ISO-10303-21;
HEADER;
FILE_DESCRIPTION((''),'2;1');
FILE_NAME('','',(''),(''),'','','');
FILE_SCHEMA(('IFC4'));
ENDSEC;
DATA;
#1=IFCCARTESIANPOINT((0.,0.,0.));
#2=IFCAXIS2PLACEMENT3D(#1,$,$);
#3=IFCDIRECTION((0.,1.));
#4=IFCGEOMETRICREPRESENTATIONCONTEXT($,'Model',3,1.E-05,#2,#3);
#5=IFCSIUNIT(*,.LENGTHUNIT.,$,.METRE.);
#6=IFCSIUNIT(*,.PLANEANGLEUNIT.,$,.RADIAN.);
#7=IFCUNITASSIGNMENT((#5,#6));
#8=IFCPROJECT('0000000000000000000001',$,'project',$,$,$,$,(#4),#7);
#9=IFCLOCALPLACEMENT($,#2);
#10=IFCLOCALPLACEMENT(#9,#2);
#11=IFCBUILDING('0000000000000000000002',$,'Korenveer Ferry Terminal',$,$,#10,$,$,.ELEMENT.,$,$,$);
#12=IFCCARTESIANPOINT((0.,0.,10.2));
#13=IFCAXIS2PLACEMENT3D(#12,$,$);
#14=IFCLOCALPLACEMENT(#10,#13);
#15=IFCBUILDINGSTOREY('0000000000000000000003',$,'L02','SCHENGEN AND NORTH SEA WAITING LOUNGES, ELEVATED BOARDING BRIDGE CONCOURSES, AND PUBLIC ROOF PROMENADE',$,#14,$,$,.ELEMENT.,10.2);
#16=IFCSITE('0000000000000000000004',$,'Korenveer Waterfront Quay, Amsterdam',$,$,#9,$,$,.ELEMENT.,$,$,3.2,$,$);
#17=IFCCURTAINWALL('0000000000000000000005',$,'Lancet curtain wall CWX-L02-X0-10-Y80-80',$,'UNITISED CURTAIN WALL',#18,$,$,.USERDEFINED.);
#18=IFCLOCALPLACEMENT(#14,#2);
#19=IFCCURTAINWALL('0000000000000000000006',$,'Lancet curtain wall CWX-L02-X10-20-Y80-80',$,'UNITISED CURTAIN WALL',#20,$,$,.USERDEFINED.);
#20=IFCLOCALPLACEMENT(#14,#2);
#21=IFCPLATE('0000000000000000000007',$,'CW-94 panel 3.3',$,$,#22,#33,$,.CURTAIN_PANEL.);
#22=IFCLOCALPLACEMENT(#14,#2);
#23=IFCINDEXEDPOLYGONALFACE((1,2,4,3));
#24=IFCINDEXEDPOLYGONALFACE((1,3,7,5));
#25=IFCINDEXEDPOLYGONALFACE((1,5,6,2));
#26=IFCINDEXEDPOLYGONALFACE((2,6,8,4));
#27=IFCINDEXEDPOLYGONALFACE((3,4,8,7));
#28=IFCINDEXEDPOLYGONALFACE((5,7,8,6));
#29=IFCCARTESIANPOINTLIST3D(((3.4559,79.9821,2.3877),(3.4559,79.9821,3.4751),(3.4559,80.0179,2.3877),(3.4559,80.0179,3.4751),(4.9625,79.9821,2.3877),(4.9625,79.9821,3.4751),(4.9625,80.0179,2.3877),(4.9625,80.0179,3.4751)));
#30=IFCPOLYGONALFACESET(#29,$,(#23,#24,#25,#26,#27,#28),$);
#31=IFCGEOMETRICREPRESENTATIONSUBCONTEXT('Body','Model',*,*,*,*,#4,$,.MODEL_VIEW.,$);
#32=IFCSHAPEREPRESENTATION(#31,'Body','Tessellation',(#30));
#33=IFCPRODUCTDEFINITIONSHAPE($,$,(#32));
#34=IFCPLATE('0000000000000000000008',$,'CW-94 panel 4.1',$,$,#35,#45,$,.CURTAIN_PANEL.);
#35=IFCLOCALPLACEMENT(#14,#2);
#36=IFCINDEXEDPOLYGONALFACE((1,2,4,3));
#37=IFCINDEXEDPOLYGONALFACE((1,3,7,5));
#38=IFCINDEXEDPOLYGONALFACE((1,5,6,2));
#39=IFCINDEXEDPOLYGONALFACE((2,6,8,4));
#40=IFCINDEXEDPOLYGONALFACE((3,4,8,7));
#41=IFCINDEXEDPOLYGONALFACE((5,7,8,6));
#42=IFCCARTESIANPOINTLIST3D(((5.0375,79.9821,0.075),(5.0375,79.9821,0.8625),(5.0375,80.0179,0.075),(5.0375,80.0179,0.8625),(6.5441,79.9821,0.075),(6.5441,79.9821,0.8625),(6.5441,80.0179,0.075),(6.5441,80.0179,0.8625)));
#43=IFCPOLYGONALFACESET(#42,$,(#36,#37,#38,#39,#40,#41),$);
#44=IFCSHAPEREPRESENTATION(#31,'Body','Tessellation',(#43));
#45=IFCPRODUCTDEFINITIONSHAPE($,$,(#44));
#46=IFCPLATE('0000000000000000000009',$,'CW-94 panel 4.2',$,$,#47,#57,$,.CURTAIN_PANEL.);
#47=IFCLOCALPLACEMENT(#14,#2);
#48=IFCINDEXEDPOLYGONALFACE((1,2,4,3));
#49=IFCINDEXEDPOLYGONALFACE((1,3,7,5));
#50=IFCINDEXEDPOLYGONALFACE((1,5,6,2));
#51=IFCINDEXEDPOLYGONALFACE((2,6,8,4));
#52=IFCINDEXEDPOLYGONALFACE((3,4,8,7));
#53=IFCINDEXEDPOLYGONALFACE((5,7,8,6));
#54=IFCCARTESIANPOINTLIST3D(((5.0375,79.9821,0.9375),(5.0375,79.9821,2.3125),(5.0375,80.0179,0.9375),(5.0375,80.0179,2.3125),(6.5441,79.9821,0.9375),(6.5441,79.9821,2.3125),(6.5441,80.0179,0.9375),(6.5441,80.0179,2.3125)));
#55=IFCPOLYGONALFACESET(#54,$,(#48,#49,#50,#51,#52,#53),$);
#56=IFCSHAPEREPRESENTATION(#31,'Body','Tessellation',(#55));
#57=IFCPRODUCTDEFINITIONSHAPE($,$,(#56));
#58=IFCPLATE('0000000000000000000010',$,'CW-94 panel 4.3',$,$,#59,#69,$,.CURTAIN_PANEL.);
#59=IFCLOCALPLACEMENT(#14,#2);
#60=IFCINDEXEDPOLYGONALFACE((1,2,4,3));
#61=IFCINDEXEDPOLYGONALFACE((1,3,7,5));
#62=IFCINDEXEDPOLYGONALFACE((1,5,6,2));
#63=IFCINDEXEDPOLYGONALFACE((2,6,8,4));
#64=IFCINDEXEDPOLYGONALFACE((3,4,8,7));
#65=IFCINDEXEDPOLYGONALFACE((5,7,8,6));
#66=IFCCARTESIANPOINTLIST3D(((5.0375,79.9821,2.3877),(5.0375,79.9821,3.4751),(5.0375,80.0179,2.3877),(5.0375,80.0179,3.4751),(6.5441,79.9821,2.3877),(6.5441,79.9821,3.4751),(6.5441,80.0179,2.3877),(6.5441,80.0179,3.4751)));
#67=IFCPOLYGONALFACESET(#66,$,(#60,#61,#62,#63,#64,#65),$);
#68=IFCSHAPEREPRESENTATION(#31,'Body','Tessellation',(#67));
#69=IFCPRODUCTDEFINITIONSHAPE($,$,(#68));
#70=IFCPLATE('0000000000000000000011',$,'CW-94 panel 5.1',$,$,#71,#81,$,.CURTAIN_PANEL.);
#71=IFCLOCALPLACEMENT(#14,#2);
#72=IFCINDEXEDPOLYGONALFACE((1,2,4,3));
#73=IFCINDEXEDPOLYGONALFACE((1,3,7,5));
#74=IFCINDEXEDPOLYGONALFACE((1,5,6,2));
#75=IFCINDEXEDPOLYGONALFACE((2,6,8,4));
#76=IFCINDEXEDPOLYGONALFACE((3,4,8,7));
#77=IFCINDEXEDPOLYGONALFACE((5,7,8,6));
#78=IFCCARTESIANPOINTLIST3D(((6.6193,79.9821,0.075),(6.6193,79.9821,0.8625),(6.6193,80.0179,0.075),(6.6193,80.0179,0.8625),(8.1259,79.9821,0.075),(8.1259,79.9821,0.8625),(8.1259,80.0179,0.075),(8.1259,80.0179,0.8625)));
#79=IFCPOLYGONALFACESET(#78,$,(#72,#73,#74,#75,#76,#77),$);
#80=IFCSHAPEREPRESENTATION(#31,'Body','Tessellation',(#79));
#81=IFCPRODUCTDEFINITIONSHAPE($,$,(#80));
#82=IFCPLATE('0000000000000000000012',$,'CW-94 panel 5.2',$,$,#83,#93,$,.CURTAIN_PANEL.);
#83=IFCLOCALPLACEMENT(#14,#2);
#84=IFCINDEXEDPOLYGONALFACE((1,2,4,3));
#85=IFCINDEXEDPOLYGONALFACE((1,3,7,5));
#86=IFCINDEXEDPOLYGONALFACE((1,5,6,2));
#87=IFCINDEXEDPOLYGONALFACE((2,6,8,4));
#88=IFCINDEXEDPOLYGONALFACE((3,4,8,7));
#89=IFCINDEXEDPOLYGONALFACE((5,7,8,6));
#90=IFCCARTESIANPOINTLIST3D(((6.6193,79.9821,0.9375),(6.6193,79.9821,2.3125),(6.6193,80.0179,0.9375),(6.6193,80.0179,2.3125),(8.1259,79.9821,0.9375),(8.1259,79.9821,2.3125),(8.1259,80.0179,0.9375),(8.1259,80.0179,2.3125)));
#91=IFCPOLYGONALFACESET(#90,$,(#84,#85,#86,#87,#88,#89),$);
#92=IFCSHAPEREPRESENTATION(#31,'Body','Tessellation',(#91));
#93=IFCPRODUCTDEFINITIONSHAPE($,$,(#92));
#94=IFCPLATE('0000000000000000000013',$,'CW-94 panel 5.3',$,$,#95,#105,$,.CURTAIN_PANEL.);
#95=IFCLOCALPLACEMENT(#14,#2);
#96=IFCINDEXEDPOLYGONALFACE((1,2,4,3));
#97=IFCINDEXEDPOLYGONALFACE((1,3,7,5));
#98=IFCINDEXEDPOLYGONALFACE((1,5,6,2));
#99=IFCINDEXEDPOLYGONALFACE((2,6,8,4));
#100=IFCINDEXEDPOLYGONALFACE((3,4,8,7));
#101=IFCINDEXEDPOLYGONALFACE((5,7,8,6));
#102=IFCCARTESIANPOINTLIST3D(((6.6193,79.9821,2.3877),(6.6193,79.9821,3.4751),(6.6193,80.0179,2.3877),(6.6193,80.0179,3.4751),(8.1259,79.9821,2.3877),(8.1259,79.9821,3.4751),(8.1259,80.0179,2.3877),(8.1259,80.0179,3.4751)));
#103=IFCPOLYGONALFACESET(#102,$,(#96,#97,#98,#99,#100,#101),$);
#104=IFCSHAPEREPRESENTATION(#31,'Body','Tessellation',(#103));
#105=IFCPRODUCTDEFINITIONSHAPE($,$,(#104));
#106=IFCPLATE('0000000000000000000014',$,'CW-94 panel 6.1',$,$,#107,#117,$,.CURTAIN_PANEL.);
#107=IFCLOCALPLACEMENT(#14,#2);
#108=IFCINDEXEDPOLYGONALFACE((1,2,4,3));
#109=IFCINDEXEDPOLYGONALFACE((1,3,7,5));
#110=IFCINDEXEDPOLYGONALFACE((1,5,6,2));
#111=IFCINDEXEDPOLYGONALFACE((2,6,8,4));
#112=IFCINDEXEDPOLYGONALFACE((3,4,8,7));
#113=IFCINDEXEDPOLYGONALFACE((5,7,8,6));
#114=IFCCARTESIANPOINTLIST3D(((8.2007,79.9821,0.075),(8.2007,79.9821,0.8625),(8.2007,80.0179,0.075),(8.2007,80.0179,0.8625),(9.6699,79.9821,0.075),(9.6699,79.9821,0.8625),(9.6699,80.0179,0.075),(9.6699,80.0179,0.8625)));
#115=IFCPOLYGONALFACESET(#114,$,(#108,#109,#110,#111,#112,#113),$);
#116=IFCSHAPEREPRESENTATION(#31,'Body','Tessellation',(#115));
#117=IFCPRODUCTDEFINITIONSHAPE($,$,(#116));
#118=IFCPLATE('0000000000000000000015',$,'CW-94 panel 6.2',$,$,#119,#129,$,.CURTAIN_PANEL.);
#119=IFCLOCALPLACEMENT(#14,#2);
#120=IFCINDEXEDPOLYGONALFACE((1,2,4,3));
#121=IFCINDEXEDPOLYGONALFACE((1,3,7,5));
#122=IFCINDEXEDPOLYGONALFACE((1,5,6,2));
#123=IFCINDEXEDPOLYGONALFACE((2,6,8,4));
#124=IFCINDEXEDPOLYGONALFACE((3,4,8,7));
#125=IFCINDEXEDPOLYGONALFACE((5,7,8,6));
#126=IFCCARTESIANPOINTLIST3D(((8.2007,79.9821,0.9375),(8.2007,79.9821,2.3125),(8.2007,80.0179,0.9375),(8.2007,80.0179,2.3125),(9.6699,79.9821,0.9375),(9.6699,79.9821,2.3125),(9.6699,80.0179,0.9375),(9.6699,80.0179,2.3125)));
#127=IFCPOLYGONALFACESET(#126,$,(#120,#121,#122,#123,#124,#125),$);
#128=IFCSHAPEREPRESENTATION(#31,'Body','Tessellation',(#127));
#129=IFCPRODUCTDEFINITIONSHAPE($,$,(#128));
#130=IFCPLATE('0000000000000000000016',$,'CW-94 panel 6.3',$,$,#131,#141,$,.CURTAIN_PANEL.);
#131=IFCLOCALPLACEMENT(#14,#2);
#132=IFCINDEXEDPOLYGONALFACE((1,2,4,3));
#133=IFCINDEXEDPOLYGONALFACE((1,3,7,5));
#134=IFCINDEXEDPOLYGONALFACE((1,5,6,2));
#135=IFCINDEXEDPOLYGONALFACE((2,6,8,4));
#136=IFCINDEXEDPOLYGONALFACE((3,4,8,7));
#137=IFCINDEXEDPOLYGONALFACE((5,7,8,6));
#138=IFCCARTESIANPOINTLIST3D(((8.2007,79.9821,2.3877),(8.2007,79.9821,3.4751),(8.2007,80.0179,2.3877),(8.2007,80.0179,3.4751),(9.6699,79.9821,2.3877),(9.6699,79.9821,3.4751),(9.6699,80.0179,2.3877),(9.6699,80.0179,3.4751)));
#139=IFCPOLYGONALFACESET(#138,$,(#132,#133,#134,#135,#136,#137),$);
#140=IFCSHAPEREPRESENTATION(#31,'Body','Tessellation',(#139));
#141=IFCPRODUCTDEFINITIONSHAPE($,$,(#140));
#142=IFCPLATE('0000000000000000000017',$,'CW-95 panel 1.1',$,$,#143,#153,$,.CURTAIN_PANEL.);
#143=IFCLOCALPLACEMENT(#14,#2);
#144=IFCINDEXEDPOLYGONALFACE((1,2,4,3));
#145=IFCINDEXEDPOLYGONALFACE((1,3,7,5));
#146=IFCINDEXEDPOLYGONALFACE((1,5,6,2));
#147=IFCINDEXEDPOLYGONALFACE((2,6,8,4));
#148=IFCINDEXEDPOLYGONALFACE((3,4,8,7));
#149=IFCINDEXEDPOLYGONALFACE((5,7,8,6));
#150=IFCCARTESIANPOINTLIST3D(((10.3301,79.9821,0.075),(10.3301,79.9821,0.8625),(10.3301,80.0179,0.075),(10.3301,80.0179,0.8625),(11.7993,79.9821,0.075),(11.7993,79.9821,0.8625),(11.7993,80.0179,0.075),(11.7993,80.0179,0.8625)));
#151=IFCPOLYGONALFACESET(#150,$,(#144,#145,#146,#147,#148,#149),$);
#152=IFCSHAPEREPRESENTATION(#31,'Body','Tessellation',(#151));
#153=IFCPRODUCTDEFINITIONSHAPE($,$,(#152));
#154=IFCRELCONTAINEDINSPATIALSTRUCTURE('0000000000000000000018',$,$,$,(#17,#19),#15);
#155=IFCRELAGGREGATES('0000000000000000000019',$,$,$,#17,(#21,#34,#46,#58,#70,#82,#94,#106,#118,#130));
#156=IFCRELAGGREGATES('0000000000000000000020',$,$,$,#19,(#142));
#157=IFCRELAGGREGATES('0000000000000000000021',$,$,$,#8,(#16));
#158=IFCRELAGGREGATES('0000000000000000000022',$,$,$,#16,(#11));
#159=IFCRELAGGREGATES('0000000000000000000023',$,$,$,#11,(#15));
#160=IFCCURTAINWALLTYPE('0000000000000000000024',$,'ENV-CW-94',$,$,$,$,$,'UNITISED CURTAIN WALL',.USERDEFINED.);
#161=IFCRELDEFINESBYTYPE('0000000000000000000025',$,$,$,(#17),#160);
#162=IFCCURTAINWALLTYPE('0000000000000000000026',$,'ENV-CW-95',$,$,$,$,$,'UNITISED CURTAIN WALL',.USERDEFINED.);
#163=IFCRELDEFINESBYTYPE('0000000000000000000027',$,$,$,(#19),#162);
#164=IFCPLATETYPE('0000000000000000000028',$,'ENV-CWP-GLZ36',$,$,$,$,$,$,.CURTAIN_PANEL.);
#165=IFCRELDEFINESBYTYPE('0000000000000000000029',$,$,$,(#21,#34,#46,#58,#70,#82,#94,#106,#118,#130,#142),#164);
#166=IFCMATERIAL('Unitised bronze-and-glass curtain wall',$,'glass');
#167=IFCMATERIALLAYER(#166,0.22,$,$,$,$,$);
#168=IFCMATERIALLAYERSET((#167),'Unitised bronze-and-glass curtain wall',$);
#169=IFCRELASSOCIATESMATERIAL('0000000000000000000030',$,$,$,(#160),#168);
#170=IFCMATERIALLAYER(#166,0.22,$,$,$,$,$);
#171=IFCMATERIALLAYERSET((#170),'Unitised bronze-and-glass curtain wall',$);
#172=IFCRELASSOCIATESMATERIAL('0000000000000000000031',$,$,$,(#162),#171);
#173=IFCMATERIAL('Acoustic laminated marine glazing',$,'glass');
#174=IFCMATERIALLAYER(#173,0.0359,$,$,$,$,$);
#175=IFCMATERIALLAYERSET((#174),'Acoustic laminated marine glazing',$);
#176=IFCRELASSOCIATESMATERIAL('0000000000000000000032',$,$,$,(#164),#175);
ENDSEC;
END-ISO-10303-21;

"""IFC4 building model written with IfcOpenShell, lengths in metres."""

from ifc_helpers import new_model, si_unit, direction, frame, origin, origin_2d, place, context, subcontext, project, spatial, rectangle, extrude, material, layer, layer_set, type_object, element, aggregate, save


model = new_model("IFC4")

# Units and contexts
model_context = context("Model", 3, precision=1e-05, world=origin(), true_north=direction((0.0, 1.0)))
body_context = subcontext(model_context, "Body", "Model", "MODEL_VIEW")
ifc_project = project(units=[si_unit("LENGTHUNIT", "METRE"), si_unit("PLANEANGLEUNIT", "RADIAN")], contexts=[model_context])

# Site, building, storey
site_placement = place(None, origin())
site = spatial("IfcSite", under=ifc_project, at=site_placement, Name="Korenveer Waterfront Quay, Amsterdam", CompositionType="ELEMENT", RefElevation=3.2)
building_placement = place(site_placement, origin())
building = spatial("IfcBuilding", under=site, at=building_placement, Name="Korenveer Ferry Terminal", CompositionType="ELEMENT")
storey_placement = place(building_placement, frame((0.0, 0.0, 10.2)))
storey = spatial("IfcBuildingStorey", under=building, at=storey_placement, Name="L02", Description="SCHENGEN AND NORTH SEA WAITING LOUNGES, ELEVATED BOARDING BRIDGE CONCOURSES, AND PUBLIC ROOF PROMENADE", CompositionType="ELEMENT", Elevation=10.2)

# Curtain wall
ifc_material_1 = material(Name="Unitised bronze-and-glass curtain wall", Category="glass")
ifc_layer_1 = layer(ifc_material_1, 0.22)
ifc_layer_set_1 = layer_set([ifc_layer_1], Name="Unitised bronze-and-glass curtain wall")
curtain_wall_type_1 = type_object("IfcCurtainWallType", Name="ENV-CW-94", ElementType="UNITISED CURTAIN WALL", PredefinedType="USERDEFINED", material=ifc_layer_set_1)
curtain_wall_1_placement = place(storey_placement, frame((0.2549, 80.0, 0.0)))
curtain_wall_1 = element("IfcCurtainWall", 1, at=curtain_wall_1_placement, inside=storey, type_object=curtain_wall_type_1, Name="Lancet curtain wall CWX-L02-X0-10-Y80-80", ObjectType="UNITISED CURTAIN WALL", PredefinedType="USERDEFINED")

# Curtain wall
ifc_layer_2 = layer(ifc_material_1, 0.22)
ifc_layer_set_2 = layer_set([ifc_layer_2], Name="Unitised bronze-and-glass curtain wall")
curtain_wall_type_2 = type_object("IfcCurtainWallType", Name="ENV-CW-95", ElementType="UNITISED CURTAIN WALL", PredefinedType="USERDEFINED", material=ifc_layer_set_2)
curtain_wall_2_placement = place(storey_placement, frame((10.2549, 80.0, 0.0)))
curtain_wall_2 = element("IfcCurtainWall", 2, at=curtain_wall_2_placement, inside=storey, type_object=curtain_wall_type_2, Name="Lancet curtain wall CWX-L02-X10-20-Y80-80", ObjectType="UNITISED CURTAIN WALL", PredefinedType="USERDEFINED")

# Plates
ifc_material_2 = material(Name="Acoustic laminated marine glazing", Category="glass")
ifc_layer_3 = layer(ifc_material_2, 0.0359)
ifc_layer_set_3 = layer_set([ifc_layer_3], Name="Acoustic laminated marine glazing")
plate_type = type_object("IfcPlateType", Name="ENV-CWP-GLZ36", PredefinedType="CURTAIN_PANEL", material=ifc_layer_set_3)
plate_1_placement = place(storey_placement, frame((4.2092, 80.0, 2.3877), z_axis=(0.0, 0.0, 1.0), x_axis=(1.0, 0.0, 0.0)))
plate_1 = element("IfcPlate", 3, at=plate_1_placement, type_object=plate_type, Name="CW-94 panel 3.3", PredefinedType="CURTAIN_PANEL", context=body_context, shape_type="SweptSolid", body=[
    extrude(rectangle(XDim=1.5066, YDim=0.0359, at=origin_2d()), origin(), (0.0, 0.0, 1.0), 1.0874),
])
plate_2_placement = place(storey_placement, frame((5.7908, 80.0, 0.075), z_axis=(0.0, 0.0, 1.0), x_axis=(1.0, 0.0, 0.0)))
plate_2 = element("IfcPlate", 4, at=plate_2_placement, type_object=plate_type, Name="CW-94 panel 4.1", PredefinedType="CURTAIN_PANEL", context=body_context, shape_type="SweptSolid", body=[
    extrude(rectangle(XDim=1.5066, YDim=0.0359, at=origin_2d()), origin(), (0.0, 0.0, 1.0), 0.7876),
])
plate_3_placement = place(storey_placement, frame((5.7908, 80.0, 0.9375), z_axis=(0.0, 0.0, 1.0), x_axis=(1.0, 0.0, 0.0)))
plate_3 = element("IfcPlate", 5, at=plate_3_placement, type_object=plate_type, Name="CW-94 panel 4.2", PredefinedType="CURTAIN_PANEL", context=body_context, shape_type="SweptSolid", body=[
    extrude(rectangle(XDim=1.5066, YDim=0.0359, at=origin_2d()), origin(), (0.0, 0.0, 1.0), 1.375),
])
plate_4_placement = place(storey_placement, frame((5.7908, 80.0, 2.3877), z_axis=(0.0, 0.0, 1.0), x_axis=(1.0, 0.0, 0.0)))
plate_4 = element("IfcPlate", 6, at=plate_4_placement, type_object=plate_type, Name="CW-94 panel 4.3", PredefinedType="CURTAIN_PANEL", context=body_context, shape_type="SweptSolid", body=[
    extrude(rectangle(XDim=1.5066, YDim=0.0359, at=origin_2d()), origin(), (0.0, 0.0, 1.0), 1.0874),
])
plate_5_placement = place(storey_placement, frame((7.3726, 80.0, 0.075), z_axis=(0.0, 0.0, 1.0), x_axis=(1.0, 0.0, 0.0)))
plate_5 = element("IfcPlate", 7, at=plate_5_placement, type_object=plate_type, Name="CW-94 panel 5.1", PredefinedType="CURTAIN_PANEL", context=body_context, shape_type="SweptSolid", body=[
    extrude(rectangle(XDim=1.5066, YDim=0.0359, at=origin_2d()), origin(), (0.0, 0.0, 1.0), 0.7876),
])
plate_6_placement = place(storey_placement, frame((7.3726, 80.0, 0.9375), z_axis=(0.0, 0.0, 1.0), x_axis=(1.0, 0.0, 0.0)))
plate_6 = element("IfcPlate", 8, at=plate_6_placement, type_object=plate_type, Name="CW-94 panel 5.2", PredefinedType="CURTAIN_PANEL", context=body_context, shape_type="SweptSolid", body=[
    extrude(rectangle(XDim=1.5066, YDim=0.0359, at=origin_2d()), origin(), (0.0, 0.0, 1.0), 1.375),
])
plate_7_placement = place(storey_placement, frame((7.3726, 80.0, 2.3877), z_axis=(0.0, 0.0, 1.0), x_axis=(1.0, 0.0, 0.0)))
plate_7 = element("IfcPlate", 9, at=plate_7_placement, type_object=plate_type, Name="CW-94 panel 5.3", PredefinedType="CURTAIN_PANEL", context=body_context, shape_type="SweptSolid", body=[
    extrude(rectangle(XDim=1.5066, YDim=0.0359, at=origin_2d()), origin(), (0.0, 0.0, 1.0), 1.0874),
])
plate_8_placement = place(storey_placement, frame((8.9353, 80.0, 0.075), z_axis=(0.0, 0.0, 1.0), x_axis=(1.0, 0.0, 0.0)))
plate_8 = element("IfcPlate", 10, at=plate_8_placement, type_object=plate_type, Name="CW-94 panel 6.1", PredefinedType="CURTAIN_PANEL", context=body_context, shape_type="SweptSolid", body=[
    extrude(rectangle(XDim=1.4692, YDim=0.0359, at=origin_2d()), origin(), (0.0, 0.0, 1.0), 0.7876),
])
plate_9_placement = place(storey_placement, frame((8.9353, 80.0, 0.9375), z_axis=(0.0, 0.0, 1.0), x_axis=(1.0, 0.0, 0.0)))
plate_9 = element("IfcPlate", 11, at=plate_9_placement, type_object=plate_type, Name="CW-94 panel 6.2", PredefinedType="CURTAIN_PANEL", context=body_context, shape_type="SweptSolid", body=[
    extrude(rectangle(XDim=1.4692, YDim=0.0359, at=origin_2d()), origin(), (0.0, 0.0, 1.0), 1.375),
])
plate_10_placement = place(storey_placement, frame((8.9353, 80.0, 2.3877), z_axis=(0.0, 0.0, 1.0), x_axis=(1.0, 0.0, 0.0)))
plate_10 = element("IfcPlate", 12, at=plate_10_placement, type_object=plate_type, Name="CW-94 panel 6.3", PredefinedType="CURTAIN_PANEL", context=body_context, shape_type="SweptSolid", body=[
    extrude(rectangle(XDim=1.4692, YDim=0.0359, at=origin_2d()), origin(), (0.0, 0.0, 1.0), 1.0874),
])
aggregate(curtain_wall_1, [plate_1, plate_2, plate_3, plate_4, plate_5, plate_6, plate_7, plate_8, plate_9, plate_10])
plate_11_placement = place(storey_placement, frame((11.0647, 80.0, 0.075), z_axis=(0.0, 0.0, 1.0), x_axis=(1.0, 0.0, 0.0)))
plate_11 = element("IfcPlate", 13, at=plate_11_placement, type_object=plate_type, Name="CW-95 panel 1.1", PredefinedType="CURTAIN_PANEL", context=body_context, shape_type="SweptSolid", body=[
    extrude(rectangle(XDim=1.4692, YDim=0.0359, at=origin_2d()), origin(), (0.0, 0.0, 1.0), 0.7876),
])
aggregate(curtain_wall_2, [plate_11])

save(model, "model.ifc")
